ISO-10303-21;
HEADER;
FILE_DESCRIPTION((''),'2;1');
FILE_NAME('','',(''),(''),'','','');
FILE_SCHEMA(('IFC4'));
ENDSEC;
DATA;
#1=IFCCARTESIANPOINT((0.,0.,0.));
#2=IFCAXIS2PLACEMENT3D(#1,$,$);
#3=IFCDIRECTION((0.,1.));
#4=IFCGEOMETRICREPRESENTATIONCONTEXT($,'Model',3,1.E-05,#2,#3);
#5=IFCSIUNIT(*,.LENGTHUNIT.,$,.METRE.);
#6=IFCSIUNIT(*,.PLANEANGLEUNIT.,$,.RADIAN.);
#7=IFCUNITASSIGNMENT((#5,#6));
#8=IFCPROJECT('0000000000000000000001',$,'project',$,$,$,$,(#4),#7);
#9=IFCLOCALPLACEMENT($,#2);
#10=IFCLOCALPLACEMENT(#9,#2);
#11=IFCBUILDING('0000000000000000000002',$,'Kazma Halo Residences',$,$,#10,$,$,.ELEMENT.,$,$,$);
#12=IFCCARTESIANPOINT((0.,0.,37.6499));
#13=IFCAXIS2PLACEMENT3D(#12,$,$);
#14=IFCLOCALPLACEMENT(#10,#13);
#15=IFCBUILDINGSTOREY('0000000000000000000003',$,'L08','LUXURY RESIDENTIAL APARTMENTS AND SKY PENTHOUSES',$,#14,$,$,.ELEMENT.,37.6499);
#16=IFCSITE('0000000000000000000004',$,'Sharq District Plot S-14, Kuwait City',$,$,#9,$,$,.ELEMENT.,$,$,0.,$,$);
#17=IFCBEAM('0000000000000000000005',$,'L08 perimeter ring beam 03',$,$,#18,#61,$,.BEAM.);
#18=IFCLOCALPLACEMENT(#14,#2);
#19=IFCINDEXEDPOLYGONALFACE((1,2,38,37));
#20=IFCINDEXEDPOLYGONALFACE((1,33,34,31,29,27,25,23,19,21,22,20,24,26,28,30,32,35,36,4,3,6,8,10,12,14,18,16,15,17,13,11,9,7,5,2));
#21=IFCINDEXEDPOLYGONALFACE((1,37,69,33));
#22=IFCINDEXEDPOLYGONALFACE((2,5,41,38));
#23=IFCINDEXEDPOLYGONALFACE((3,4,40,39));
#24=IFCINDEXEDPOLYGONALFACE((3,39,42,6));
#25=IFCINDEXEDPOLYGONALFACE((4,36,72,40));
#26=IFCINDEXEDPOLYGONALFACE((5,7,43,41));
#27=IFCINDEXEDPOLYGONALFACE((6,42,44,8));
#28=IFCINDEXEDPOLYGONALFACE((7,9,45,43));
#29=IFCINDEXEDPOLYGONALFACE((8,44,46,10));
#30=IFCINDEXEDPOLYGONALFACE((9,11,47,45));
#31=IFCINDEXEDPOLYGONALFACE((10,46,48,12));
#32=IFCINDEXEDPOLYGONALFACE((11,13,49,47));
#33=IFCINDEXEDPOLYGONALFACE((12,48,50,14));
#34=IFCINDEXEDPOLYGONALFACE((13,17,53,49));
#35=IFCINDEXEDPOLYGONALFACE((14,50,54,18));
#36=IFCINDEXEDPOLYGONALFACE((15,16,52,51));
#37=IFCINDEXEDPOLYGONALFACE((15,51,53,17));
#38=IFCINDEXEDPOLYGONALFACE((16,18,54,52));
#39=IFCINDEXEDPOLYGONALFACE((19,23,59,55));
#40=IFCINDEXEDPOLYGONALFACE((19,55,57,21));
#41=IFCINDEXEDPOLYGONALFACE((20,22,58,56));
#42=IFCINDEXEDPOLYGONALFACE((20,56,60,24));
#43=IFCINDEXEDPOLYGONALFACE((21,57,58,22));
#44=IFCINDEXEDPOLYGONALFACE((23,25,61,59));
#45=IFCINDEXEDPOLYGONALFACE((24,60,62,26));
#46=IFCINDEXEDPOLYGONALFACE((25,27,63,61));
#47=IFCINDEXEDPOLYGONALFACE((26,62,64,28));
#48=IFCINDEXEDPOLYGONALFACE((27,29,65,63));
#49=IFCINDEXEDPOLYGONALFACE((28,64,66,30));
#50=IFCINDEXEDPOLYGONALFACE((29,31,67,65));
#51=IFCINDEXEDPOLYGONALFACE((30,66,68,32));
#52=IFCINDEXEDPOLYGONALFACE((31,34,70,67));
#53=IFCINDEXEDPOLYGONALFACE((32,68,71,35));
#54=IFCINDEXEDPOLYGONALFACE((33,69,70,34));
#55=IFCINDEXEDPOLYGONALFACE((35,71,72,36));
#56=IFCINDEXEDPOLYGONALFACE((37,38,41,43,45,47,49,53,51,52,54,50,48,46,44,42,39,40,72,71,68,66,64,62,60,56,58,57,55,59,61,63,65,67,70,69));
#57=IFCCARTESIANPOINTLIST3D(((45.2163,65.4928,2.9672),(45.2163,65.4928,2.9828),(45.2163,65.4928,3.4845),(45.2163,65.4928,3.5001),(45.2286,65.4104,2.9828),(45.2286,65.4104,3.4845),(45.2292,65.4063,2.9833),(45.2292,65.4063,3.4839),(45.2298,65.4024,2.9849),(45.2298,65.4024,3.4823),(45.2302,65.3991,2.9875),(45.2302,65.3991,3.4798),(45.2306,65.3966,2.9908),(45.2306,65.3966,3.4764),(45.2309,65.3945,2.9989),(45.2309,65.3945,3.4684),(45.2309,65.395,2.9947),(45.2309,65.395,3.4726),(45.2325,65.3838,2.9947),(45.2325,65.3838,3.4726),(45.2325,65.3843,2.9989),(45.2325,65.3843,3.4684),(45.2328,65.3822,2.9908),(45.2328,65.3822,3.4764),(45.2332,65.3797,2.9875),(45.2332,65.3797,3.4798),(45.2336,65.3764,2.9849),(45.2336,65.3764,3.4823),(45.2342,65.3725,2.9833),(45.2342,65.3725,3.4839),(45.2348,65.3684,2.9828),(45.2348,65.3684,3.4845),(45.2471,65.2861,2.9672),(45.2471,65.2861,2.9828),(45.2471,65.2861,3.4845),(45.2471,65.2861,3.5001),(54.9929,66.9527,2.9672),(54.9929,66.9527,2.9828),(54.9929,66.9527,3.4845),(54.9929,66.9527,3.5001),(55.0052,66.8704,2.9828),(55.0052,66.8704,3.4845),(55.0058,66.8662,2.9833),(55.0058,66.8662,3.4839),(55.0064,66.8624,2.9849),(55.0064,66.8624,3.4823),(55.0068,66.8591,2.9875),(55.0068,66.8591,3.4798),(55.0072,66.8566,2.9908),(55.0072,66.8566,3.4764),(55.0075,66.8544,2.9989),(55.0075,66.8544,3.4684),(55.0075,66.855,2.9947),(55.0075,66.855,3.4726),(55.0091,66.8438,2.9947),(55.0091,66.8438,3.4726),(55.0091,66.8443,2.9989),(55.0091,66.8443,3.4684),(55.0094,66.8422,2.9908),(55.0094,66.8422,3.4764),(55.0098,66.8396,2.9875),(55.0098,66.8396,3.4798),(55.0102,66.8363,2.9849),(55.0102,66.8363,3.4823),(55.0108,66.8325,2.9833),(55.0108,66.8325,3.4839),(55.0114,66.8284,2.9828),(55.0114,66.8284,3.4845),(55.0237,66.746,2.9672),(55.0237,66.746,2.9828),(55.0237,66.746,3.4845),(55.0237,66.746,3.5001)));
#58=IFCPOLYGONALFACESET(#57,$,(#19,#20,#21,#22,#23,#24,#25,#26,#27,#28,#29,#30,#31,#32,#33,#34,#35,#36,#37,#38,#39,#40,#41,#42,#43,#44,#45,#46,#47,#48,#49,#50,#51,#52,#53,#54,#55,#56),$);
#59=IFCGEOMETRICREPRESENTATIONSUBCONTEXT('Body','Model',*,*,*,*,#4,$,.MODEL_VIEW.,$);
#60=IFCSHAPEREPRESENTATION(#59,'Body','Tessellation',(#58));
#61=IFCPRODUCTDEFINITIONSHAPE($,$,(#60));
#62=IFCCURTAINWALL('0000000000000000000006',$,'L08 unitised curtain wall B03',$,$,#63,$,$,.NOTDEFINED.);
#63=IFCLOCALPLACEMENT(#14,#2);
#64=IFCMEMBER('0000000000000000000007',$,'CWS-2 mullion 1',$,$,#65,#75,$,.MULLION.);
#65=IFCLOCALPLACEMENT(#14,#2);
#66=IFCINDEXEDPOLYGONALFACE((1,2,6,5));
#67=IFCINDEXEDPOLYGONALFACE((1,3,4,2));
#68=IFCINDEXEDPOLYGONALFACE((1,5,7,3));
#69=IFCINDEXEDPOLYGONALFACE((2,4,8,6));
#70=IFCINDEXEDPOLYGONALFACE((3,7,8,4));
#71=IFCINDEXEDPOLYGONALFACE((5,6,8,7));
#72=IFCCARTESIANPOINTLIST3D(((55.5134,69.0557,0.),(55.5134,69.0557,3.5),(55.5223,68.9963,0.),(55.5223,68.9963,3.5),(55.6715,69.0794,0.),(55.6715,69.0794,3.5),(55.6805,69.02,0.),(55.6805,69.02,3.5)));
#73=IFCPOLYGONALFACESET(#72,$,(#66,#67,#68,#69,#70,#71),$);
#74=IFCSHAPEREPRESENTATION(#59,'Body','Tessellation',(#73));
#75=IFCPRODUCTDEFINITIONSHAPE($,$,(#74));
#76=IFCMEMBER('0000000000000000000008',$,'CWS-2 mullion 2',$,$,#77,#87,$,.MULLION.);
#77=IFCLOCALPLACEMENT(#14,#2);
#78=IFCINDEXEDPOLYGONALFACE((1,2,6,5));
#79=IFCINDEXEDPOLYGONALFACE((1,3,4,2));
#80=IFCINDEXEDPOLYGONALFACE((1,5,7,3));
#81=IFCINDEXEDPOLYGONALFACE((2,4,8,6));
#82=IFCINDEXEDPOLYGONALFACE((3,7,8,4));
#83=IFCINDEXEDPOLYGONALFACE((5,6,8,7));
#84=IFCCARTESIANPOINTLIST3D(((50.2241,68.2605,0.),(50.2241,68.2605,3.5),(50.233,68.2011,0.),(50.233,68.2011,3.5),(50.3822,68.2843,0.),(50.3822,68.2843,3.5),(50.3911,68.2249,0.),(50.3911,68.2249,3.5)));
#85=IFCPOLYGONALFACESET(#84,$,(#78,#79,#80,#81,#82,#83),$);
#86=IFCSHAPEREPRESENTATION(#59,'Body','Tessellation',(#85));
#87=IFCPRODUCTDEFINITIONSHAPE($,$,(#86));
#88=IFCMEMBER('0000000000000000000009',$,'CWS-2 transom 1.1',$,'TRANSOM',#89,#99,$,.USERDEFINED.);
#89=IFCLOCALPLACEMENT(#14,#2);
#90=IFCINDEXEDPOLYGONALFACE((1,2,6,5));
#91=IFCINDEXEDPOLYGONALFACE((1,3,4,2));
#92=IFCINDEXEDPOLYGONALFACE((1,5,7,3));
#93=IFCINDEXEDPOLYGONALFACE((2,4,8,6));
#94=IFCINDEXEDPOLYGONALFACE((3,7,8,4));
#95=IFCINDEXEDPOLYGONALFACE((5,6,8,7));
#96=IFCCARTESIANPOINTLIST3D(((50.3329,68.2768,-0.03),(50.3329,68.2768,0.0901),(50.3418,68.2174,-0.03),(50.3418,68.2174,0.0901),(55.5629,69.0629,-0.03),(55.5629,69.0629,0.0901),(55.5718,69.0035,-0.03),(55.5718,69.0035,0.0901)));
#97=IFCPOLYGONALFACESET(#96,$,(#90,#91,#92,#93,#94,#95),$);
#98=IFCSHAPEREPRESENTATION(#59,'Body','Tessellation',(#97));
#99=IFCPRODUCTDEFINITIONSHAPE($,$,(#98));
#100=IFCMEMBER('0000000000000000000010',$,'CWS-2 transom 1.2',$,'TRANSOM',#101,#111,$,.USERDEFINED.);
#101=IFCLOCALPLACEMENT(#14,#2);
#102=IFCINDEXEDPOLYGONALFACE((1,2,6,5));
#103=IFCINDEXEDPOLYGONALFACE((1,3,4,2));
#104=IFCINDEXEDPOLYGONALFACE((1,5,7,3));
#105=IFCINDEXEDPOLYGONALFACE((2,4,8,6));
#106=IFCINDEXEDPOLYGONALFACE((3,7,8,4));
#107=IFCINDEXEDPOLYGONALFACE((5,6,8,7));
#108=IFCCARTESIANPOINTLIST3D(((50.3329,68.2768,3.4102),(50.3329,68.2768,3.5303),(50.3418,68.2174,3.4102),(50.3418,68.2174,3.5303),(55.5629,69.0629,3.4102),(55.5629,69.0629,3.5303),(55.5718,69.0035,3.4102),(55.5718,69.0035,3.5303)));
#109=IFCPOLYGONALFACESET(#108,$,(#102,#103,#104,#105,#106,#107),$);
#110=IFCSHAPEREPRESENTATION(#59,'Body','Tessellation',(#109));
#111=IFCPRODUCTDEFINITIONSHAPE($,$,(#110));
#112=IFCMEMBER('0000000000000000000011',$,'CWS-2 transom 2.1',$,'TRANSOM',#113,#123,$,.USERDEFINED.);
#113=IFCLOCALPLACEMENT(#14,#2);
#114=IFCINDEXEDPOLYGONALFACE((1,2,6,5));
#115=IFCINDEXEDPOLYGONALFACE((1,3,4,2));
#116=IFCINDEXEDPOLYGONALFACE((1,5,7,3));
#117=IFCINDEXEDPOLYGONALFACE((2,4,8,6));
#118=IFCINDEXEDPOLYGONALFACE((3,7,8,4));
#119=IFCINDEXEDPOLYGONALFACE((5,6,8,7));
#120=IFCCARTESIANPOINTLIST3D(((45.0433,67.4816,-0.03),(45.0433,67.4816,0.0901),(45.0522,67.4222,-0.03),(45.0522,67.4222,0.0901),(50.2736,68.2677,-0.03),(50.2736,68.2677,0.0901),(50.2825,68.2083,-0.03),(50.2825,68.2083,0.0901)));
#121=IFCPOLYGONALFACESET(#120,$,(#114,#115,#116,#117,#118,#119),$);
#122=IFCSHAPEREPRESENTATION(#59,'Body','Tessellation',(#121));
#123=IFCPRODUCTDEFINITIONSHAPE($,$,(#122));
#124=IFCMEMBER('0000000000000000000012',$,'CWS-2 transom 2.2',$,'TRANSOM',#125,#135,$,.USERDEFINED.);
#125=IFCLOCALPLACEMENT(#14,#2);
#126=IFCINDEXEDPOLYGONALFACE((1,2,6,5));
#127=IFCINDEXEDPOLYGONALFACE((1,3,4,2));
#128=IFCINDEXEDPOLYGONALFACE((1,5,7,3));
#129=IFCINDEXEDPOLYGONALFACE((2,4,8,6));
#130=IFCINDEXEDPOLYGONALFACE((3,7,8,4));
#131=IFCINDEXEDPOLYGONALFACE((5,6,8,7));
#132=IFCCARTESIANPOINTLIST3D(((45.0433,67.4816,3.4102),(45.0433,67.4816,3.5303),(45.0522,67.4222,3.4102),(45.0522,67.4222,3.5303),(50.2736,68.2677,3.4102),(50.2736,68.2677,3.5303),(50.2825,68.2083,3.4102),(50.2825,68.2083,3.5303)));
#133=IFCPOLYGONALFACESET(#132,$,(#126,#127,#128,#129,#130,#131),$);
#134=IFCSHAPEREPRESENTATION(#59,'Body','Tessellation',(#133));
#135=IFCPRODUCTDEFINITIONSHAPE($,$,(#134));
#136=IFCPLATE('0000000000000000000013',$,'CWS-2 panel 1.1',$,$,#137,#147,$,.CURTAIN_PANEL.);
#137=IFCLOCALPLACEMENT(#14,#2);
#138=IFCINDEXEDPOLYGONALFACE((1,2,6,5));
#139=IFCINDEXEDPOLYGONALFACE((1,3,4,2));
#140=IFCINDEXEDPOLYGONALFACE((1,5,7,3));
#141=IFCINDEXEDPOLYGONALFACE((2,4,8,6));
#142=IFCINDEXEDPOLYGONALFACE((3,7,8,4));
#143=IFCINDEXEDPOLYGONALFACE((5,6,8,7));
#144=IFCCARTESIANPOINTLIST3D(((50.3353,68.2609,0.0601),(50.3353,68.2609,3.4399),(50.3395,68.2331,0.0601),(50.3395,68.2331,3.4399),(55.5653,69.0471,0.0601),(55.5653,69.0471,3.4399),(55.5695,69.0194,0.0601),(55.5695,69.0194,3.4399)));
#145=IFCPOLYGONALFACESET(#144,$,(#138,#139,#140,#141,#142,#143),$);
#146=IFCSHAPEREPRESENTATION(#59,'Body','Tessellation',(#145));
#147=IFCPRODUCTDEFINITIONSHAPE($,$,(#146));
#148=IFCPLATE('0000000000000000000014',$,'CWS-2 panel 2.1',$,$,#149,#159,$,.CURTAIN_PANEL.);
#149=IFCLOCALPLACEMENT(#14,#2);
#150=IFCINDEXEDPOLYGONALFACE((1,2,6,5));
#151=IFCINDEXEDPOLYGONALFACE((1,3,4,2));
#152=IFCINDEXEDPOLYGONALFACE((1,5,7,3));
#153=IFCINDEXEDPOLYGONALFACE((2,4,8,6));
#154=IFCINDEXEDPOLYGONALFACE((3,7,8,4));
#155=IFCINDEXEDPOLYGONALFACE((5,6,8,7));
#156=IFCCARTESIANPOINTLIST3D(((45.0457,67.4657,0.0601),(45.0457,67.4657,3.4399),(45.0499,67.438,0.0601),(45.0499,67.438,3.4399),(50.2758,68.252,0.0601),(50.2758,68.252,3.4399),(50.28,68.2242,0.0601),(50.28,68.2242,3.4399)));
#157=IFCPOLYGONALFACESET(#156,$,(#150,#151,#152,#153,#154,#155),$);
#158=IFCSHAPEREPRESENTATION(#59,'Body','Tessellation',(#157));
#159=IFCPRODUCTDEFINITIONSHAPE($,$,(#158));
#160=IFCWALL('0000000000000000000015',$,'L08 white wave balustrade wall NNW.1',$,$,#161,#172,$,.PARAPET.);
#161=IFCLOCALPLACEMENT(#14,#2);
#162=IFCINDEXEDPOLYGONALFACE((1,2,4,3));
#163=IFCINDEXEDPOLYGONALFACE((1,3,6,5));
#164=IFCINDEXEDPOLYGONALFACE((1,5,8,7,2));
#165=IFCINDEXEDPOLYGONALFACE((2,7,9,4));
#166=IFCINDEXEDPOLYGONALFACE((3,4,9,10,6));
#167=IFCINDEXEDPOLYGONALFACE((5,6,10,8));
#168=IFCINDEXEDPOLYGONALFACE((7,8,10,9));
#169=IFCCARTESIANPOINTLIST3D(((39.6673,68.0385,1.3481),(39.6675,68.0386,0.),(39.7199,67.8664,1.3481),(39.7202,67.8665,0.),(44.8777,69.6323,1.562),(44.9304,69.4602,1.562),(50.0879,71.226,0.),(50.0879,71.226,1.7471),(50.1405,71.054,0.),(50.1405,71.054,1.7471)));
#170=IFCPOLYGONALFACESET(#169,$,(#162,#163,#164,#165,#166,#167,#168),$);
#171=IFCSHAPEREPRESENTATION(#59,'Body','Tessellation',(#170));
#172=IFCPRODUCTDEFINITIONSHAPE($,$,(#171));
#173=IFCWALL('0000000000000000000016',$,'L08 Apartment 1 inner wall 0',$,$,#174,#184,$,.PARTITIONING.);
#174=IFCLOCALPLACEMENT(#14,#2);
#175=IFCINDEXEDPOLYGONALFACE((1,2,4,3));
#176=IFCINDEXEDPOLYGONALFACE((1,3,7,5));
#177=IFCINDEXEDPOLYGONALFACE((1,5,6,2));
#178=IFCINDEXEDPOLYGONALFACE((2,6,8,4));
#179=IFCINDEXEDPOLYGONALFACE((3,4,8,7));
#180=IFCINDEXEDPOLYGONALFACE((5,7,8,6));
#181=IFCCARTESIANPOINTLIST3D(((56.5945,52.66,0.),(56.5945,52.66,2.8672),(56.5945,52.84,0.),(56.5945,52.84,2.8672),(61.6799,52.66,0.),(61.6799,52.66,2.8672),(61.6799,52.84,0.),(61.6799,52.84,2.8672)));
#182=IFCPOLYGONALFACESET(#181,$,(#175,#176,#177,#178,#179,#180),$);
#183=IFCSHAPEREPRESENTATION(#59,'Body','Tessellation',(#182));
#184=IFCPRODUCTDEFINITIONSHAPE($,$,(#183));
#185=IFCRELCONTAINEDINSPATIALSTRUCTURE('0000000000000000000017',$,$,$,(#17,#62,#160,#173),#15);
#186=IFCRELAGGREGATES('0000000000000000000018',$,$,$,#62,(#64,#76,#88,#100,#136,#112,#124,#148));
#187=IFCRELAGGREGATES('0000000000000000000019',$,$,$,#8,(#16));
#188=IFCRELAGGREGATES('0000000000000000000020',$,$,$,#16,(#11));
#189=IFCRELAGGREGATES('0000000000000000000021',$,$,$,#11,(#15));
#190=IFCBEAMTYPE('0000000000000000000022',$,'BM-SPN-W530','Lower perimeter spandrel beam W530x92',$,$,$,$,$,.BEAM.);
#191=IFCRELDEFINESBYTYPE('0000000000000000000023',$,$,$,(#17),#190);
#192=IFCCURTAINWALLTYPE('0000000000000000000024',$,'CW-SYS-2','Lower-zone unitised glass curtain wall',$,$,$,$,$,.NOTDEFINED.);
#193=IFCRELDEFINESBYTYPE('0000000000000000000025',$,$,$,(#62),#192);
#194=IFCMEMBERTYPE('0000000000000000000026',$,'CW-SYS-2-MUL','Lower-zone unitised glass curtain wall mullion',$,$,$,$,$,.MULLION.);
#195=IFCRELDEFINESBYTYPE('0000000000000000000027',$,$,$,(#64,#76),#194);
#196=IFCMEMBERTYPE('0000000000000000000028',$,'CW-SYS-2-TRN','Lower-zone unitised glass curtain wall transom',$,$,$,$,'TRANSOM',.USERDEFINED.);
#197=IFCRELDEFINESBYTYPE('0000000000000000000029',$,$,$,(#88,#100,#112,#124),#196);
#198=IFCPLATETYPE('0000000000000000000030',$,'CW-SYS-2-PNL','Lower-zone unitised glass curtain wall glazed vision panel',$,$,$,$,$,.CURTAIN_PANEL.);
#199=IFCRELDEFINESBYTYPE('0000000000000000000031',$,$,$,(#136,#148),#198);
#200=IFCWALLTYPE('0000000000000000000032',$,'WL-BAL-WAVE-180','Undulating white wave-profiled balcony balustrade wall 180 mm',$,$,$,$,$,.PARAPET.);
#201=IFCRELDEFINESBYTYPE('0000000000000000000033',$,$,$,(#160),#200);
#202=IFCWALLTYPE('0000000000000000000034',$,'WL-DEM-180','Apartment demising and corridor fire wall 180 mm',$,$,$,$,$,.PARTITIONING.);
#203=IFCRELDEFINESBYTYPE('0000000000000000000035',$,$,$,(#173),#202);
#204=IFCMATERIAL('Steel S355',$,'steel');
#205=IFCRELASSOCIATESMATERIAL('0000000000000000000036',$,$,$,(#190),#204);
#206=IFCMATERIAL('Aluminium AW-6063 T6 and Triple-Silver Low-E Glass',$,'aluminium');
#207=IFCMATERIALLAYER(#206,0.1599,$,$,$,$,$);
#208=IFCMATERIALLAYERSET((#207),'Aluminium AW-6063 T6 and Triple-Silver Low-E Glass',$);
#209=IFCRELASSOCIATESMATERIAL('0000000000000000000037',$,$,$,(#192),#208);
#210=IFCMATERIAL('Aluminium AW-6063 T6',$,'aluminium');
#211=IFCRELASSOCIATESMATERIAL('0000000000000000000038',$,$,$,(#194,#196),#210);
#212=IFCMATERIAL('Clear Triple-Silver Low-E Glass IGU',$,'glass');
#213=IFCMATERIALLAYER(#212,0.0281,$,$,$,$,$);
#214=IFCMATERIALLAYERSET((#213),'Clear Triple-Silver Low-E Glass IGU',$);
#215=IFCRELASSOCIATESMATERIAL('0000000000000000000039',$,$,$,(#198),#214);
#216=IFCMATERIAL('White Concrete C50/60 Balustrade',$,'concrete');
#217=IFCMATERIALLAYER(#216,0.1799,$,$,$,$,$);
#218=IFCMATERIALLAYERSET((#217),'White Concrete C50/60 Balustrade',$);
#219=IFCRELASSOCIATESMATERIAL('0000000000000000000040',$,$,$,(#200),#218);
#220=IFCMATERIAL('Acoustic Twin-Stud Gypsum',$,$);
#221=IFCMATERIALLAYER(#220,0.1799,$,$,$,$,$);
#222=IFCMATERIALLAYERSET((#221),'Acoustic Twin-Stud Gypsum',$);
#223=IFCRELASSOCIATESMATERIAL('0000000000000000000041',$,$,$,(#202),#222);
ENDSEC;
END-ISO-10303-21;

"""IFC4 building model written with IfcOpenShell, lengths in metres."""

from ifc_helpers import new_model, si_unit, direction, frame, frame_2d, origin, origin_2d, place, context, subcontext, project, spatial, polyline, rectangle, i_section, outline, extrude, material, layer, layer_set, material_profile, profile_set, type_object, element, aggregate, save


model = new_model("IFC4")

# Units and contexts
model_context = context("Model", 3, precision=1e-05, world=origin(), true_north=direction((0.0, 1.0)))
body_context = subcontext(model_context, "Body", "Model", "MODEL_VIEW")
ifc_project = project(units=[si_unit("LENGTHUNIT", "METRE"), si_unit("PLANEANGLEUNIT", "RADIAN")], contexts=[model_context])

# Site, building, storey
site_placement = place(None, origin())
site = spatial("IfcSite", under=ifc_project, at=site_placement, Name="Sharq District Plot S-14, Kuwait City", CompositionType="ELEMENT", RefElevation=0.0)
building_placement = place(site_placement, origin())
building = spatial("IfcBuilding", under=site, at=building_placement, Name="Kazma Halo Residences", CompositionType="ELEMENT")
storey_placement = place(building_placement, frame((0.0, 0.0, 37.6499)))
storey = spatial("IfcBuildingStorey", under=building, at=storey_placement, Name="L08", Description="LUXURY RESIDENTIAL APARTMENTS AND SKY PENTHOUSES", CompositionType="ELEMENT", Elevation=37.6499)

# Beam
ifc_material_1 = material(Name="Steel S355", Category="steel")
ifc_material_profile_1 = material_profile(ifc_material_1, i_section(OverallWidth=0.209, OverallDepth=0.533, WebThickness=0.0103, FlangeThickness=0.0156, FilletRadius=0.0161, at=origin_2d()), Name="W530x92")
ifc_profile_set_1 = profile_set([ifc_material_profile_1], Name="Steel S355")
beam_type_1 = type_object("IfcBeamType", Name="BM-SPN-W530", Description="Lower perimeter spandrel beam W530x92", PredefinedType="BEAM", material=ifc_profile_set_1)
beam_1_placement = place(storey_placement, frame((55.0083, 66.8494, 3.2336), z_axis=(-0.989033, -0.147694, 0.0), x_axis=(0.147694, -0.989033, 0.0)))
element("IfcBeam", 1, at=beam_1_placement, inside=storey, type_object=beam_type_1, Name="L08 perimeter ring beam 03", PredefinedType="BEAM", context=body_context, shape_type="SweptSolid", body=[
    extrude(i_section(OverallWidth=0.209, OverallDepth=0.533, WebThickness=0.0103, FlangeThickness=0.0156, FilletRadius=0.0161, at=origin_2d()), origin(), (0.0, 0.0, 1.0), 9.885),
])

# Curtain wall, members, plates
ifc_material_2 = material(Name="Aluminium AW-6063 T6 and Triple-Silver Low-E Glass", Category="aluminium")
ifc_layer_1 = layer(ifc_material_2, 0.1599)
ifc_layer_set_1 = layer_set([ifc_layer_1], Name="Aluminium AW-6063 T6 and Triple-Silver Low-E Glass")
curtain_wall_type = type_object("IfcCurtainWallType", Name="CW-SYS-2", Description="Lower-zone unitised glass curtain wall", PredefinedType="NOTDEFINED", material=ifc_layer_set_1)
curtain_wall_placement = place(storey_placement, origin())
curtain_wall = element("IfcCurtainWall", 2, at=curtain_wall_placement, inside=storey, type_object=curtain_wall_type, Name="L08 unitised curtain wall B03", PredefinedType="NOTDEFINED")
ifc_material_3 = material(Name="Aluminium AW-6063 T6", Category="aluminium")
ifc_material_profile_2 = material_profile(ifc_material_3, rectangle(XDim=0.0601, YDim=0.1599, at=origin_2d()), Name="CWM-60x160")
ifc_profile_set_2 = profile_set([ifc_material_profile_2], Name="Aluminium AW-6063 T6")
member_type_1 = type_object("IfcMemberType", Name="CW-SYS-2-MUL", Description="Lower-zone unitised glass curtain wall mullion", PredefinedType="MULLION", material=ifc_profile_set_2)
member_1_placement = place(storey_placement, frame((55.5969, 69.0378, 0.0), z_axis=(0.0, 0.0, 1.0), x_axis=(0.148657, -0.988889, 0.0)))
member_1 = element("IfcMember", 3, at=member_1_placement, type_object=member_type_1, Name="CWS-2 mullion 1", PredefinedType="MULLION", context=body_context, shape_type="SweptSolid", body=[
    extrude(rectangle(XDim=0.0601, YDim=0.1599, at=origin_2d()), origin(), (0.0, 0.0, 1.0), 3.5),
])
member_2_placement = place(storey_placement, frame((50.3076, 68.2427, 0.0), z_axis=(0.0, 0.0, 1.0), x_axis=(0.148657, -0.988889, 0.0)))
member_2 = element("IfcMember", 4, at=member_2_placement, type_object=member_type_1, Name="CWS-2 mullion 2", PredefinedType="MULLION", context=body_context, shape_type="SweptSolid", body=[
    extrude(rectangle(XDim=0.0601, YDim=0.1599, at=origin_2d()), origin(), (0.0, 0.0, 1.0), 3.5),
])
ifc_material_profile_3 = material_profile(ifc_material_3, rectangle(XDim=0.0601, YDim=0.1201, at=origin_2d()), Name="CWT-60x120")
ifc_profile_set_3 = profile_set([ifc_material_profile_3], Name="Aluminium AW-6063 T6")
member_type_2 = type_object("IfcMemberType", Name="CW-SYS-2-TRN", Description="Lower-zone unitised glass curtain wall transom", ElementType="TRANSOM", PredefinedType="USERDEFINED", material=ifc_profile_set_3)
member_3_placement = place(storey_placement, frame((55.5674, 69.0332, 0.03), z_axis=(-0.988891, -0.148643, 0.0), x_axis=(0.148643, -0.988891, 0.0)))
member_3 = element("IfcMember", 5, at=member_3_placement, type_object=member_type_2, Name="CWS-2 transom 1.1", ObjectType="TRANSOM", PredefinedType="USERDEFINED", context=body_context, shape_type="SweptSolid", body=[
    extrude(rectangle(XDim=0.0601, YDim=0.1201, at=origin_2d()), origin(), (0.0, 0.0, 1.0), 5.2888),
])
member_4_placement = place(storey_placement, frame((55.5674, 69.0332, 3.4702), z_axis=(-0.988891, -0.148643, 0.0), x_axis=(0.148643, -0.988891, 0.0)))
member_4 = element("IfcMember", 6, at=member_4_placement, type_object=member_type_2, Name="CWS-2 transom 1.2", ObjectType="TRANSOM", PredefinedType="USERDEFINED", context=body_context, shape_type="SweptSolid", body=[
    extrude(rectangle(XDim=0.0601, YDim=0.1201, at=origin_2d()), origin(), (0.0, 0.0, 1.0), 5.2888),
])
member_5_placement = place(storey_placement, frame((50.2781, 68.238, 0.03), z_axis=(-0.988892, -0.148636, 0.0), x_axis=(0.148636, -0.988892, 0.0)))
member_5 = element("IfcMember", 7, at=member_5_placement, type_object=member_type_2, Name="CWS-2 transom 2.1", ObjectType="TRANSOM", PredefinedType="USERDEFINED", context=body_context, shape_type="SweptSolid", body=[
    extrude(rectangle(XDim=0.0601, YDim=0.1201, at=origin_2d()), origin(), (0.0, 0.0, 1.0), 5.2891),
])
member_6_placement = place(storey_placement, frame((50.2781, 68.238, 3.4702), z_axis=(-0.988892, -0.148636, 0.0), x_axis=(0.148636, -0.988892, 0.0)))
member_6 = element("IfcMember", 8, at=member_6_placement, type_object=member_type_2, Name="CWS-2 transom 2.2", ObjectType="TRANSOM", PredefinedType="USERDEFINED", context=body_context, shape_type="SweptSolid", body=[
    extrude(rectangle(XDim=0.0601, YDim=0.1201, at=origin_2d()), origin(), (0.0, 0.0, 1.0), 5.2891),
])
ifc_material_4 = material(Name="Clear Triple-Silver Low-E Glass IGU", Category="glass")
ifc_layer_2 = layer(ifc_material_4, 0.0281)
ifc_layer_set_2 = layer_set([ifc_layer_2], Name="Clear Triple-Silver Low-E Glass IGU")
plate_type = type_object("IfcPlateType", Name="CW-SYS-2-PNL", Description="Lower-zone unitised glass curtain wall glazed vision panel", PredefinedType="CURTAIN_PANEL", material=ifc_layer_set_2)
plate_1_placement = place(storey_placement, frame((52.9524, 68.6401, 0.0601), z_axis=(0.0, 0.0, 1.0), x_axis=(-0.988889, -0.148657, 0.0)))
plate_1 = element("IfcPlate", 9, at=plate_1_placement, type_object=plate_type, Name="CWS-2 panel 1.1", PredefinedType="CURTAIN_PANEL", context=body_context, shape_type="SweptSolid", body=[
    extrude(rectangle(XDim=5.2888, YDim=0.0281, at=origin_2d()), origin(), (0.0, 0.0, 1.0), 3.3799),
])
plate_2_placement = place(storey_placement, frame((47.6628, 67.845, 0.0601), z_axis=(0.0, 0.0, 1.0), x_axis=(-0.988889, -0.148657, 0.0)))
plate_2 = element("IfcPlate", 10, at=plate_2_placement, type_object=plate_type, Name="CWS-2 panel 2.1", PredefinedType="CURTAIN_PANEL", context=body_context, shape_type="SweptSolid", body=[
    extrude(rectangle(XDim=5.2888, YDim=0.0281, at=origin_2d()), origin(), (0.0, 0.0, 1.0), 3.3799),
])
aggregate(curtain_wall, [member_1, member_2, member_3, member_4, plate_1, member_5, member_6, plate_2])

# Walls
ifc_material_5 = material(Name="White Concrete C50/60 Balustrade", Category="concrete")
ifc_layer_3 = layer(ifc_material_5, 0.1799)
ifc_layer_set_3 = layer_set([ifc_layer_3], Name="White Concrete C50/60 Balustrade")
wall_type_1 = type_object("IfcWallType", Name="WL-BAL-WAVE-180", Description="Undulating white wave-profiled balcony balustrade wall 180 mm", PredefinedType="PARAPET", material=ifc_layer_set_3)
wall_1_placement = place(storey_placement, frame((50.1143, 71.1399, 0.0), z_axis=(0.0, 0.0, 1.0), x_axis=(-0.956262, -0.292511, 0.0)))
element("IfcWall", 11, at=wall_1_placement, inside=storey, type_object=wall_type_1, Name="L08 white wave balustrade wall NNW.1", PredefinedType="PARAPET", context=body_context, shape_type="SweptSolid", body=[
    extrude(outline(polyline([(0.0, 0.0), (10.897, 0.0), (10.8972, 1.3481), (5.4485, 1.562), (0.0, 1.7471), (0.0, 0.0)])), frame((0.0, 0.0898, 0.0), z_axis=(0.0, -1.0, 0.0), x_axis=(1.0, 0.0, 0.0)), (0.0, 0.0, 1.0), 0.1799),
])
ifc_material_6 = material(Name="Acoustic Twin-Stud Gypsum")
ifc_layer_4 = layer(ifc_material_6, 0.1799)
ifc_layer_set_4 = layer_set([ifc_layer_4], Name="Acoustic Twin-Stud Gypsum")
wall_type_2 = type_object("IfcWallType", Name="WL-DEM-180", Description="Apartment demising and corridor fire wall 180 mm", PredefinedType="PARTITIONING", material=ifc_layer_set_4)
wall_2_placement = place(storey_placement, frame((61.6799, 52.75, 0.0), z_axis=(0.0, 0.0, 1.0), x_axis=(-1.0, 0.0, 0.0)))
element("IfcWall", 12, at=wall_2_placement, inside=storey, type_object=wall_type_2, Name="L08 Apartment 1 inner wall 0", PredefinedType="PARTITIONING", context=body_context, shape_type="SweptSolid", body=[
    extrude(rectangle(XDim=5.0854, YDim=0.1799, at=frame_2d((2.5427, 0.0))), origin(), (0.0, 0.0, 1.0), 2.8672),
])

save(model, "model.ifc")
